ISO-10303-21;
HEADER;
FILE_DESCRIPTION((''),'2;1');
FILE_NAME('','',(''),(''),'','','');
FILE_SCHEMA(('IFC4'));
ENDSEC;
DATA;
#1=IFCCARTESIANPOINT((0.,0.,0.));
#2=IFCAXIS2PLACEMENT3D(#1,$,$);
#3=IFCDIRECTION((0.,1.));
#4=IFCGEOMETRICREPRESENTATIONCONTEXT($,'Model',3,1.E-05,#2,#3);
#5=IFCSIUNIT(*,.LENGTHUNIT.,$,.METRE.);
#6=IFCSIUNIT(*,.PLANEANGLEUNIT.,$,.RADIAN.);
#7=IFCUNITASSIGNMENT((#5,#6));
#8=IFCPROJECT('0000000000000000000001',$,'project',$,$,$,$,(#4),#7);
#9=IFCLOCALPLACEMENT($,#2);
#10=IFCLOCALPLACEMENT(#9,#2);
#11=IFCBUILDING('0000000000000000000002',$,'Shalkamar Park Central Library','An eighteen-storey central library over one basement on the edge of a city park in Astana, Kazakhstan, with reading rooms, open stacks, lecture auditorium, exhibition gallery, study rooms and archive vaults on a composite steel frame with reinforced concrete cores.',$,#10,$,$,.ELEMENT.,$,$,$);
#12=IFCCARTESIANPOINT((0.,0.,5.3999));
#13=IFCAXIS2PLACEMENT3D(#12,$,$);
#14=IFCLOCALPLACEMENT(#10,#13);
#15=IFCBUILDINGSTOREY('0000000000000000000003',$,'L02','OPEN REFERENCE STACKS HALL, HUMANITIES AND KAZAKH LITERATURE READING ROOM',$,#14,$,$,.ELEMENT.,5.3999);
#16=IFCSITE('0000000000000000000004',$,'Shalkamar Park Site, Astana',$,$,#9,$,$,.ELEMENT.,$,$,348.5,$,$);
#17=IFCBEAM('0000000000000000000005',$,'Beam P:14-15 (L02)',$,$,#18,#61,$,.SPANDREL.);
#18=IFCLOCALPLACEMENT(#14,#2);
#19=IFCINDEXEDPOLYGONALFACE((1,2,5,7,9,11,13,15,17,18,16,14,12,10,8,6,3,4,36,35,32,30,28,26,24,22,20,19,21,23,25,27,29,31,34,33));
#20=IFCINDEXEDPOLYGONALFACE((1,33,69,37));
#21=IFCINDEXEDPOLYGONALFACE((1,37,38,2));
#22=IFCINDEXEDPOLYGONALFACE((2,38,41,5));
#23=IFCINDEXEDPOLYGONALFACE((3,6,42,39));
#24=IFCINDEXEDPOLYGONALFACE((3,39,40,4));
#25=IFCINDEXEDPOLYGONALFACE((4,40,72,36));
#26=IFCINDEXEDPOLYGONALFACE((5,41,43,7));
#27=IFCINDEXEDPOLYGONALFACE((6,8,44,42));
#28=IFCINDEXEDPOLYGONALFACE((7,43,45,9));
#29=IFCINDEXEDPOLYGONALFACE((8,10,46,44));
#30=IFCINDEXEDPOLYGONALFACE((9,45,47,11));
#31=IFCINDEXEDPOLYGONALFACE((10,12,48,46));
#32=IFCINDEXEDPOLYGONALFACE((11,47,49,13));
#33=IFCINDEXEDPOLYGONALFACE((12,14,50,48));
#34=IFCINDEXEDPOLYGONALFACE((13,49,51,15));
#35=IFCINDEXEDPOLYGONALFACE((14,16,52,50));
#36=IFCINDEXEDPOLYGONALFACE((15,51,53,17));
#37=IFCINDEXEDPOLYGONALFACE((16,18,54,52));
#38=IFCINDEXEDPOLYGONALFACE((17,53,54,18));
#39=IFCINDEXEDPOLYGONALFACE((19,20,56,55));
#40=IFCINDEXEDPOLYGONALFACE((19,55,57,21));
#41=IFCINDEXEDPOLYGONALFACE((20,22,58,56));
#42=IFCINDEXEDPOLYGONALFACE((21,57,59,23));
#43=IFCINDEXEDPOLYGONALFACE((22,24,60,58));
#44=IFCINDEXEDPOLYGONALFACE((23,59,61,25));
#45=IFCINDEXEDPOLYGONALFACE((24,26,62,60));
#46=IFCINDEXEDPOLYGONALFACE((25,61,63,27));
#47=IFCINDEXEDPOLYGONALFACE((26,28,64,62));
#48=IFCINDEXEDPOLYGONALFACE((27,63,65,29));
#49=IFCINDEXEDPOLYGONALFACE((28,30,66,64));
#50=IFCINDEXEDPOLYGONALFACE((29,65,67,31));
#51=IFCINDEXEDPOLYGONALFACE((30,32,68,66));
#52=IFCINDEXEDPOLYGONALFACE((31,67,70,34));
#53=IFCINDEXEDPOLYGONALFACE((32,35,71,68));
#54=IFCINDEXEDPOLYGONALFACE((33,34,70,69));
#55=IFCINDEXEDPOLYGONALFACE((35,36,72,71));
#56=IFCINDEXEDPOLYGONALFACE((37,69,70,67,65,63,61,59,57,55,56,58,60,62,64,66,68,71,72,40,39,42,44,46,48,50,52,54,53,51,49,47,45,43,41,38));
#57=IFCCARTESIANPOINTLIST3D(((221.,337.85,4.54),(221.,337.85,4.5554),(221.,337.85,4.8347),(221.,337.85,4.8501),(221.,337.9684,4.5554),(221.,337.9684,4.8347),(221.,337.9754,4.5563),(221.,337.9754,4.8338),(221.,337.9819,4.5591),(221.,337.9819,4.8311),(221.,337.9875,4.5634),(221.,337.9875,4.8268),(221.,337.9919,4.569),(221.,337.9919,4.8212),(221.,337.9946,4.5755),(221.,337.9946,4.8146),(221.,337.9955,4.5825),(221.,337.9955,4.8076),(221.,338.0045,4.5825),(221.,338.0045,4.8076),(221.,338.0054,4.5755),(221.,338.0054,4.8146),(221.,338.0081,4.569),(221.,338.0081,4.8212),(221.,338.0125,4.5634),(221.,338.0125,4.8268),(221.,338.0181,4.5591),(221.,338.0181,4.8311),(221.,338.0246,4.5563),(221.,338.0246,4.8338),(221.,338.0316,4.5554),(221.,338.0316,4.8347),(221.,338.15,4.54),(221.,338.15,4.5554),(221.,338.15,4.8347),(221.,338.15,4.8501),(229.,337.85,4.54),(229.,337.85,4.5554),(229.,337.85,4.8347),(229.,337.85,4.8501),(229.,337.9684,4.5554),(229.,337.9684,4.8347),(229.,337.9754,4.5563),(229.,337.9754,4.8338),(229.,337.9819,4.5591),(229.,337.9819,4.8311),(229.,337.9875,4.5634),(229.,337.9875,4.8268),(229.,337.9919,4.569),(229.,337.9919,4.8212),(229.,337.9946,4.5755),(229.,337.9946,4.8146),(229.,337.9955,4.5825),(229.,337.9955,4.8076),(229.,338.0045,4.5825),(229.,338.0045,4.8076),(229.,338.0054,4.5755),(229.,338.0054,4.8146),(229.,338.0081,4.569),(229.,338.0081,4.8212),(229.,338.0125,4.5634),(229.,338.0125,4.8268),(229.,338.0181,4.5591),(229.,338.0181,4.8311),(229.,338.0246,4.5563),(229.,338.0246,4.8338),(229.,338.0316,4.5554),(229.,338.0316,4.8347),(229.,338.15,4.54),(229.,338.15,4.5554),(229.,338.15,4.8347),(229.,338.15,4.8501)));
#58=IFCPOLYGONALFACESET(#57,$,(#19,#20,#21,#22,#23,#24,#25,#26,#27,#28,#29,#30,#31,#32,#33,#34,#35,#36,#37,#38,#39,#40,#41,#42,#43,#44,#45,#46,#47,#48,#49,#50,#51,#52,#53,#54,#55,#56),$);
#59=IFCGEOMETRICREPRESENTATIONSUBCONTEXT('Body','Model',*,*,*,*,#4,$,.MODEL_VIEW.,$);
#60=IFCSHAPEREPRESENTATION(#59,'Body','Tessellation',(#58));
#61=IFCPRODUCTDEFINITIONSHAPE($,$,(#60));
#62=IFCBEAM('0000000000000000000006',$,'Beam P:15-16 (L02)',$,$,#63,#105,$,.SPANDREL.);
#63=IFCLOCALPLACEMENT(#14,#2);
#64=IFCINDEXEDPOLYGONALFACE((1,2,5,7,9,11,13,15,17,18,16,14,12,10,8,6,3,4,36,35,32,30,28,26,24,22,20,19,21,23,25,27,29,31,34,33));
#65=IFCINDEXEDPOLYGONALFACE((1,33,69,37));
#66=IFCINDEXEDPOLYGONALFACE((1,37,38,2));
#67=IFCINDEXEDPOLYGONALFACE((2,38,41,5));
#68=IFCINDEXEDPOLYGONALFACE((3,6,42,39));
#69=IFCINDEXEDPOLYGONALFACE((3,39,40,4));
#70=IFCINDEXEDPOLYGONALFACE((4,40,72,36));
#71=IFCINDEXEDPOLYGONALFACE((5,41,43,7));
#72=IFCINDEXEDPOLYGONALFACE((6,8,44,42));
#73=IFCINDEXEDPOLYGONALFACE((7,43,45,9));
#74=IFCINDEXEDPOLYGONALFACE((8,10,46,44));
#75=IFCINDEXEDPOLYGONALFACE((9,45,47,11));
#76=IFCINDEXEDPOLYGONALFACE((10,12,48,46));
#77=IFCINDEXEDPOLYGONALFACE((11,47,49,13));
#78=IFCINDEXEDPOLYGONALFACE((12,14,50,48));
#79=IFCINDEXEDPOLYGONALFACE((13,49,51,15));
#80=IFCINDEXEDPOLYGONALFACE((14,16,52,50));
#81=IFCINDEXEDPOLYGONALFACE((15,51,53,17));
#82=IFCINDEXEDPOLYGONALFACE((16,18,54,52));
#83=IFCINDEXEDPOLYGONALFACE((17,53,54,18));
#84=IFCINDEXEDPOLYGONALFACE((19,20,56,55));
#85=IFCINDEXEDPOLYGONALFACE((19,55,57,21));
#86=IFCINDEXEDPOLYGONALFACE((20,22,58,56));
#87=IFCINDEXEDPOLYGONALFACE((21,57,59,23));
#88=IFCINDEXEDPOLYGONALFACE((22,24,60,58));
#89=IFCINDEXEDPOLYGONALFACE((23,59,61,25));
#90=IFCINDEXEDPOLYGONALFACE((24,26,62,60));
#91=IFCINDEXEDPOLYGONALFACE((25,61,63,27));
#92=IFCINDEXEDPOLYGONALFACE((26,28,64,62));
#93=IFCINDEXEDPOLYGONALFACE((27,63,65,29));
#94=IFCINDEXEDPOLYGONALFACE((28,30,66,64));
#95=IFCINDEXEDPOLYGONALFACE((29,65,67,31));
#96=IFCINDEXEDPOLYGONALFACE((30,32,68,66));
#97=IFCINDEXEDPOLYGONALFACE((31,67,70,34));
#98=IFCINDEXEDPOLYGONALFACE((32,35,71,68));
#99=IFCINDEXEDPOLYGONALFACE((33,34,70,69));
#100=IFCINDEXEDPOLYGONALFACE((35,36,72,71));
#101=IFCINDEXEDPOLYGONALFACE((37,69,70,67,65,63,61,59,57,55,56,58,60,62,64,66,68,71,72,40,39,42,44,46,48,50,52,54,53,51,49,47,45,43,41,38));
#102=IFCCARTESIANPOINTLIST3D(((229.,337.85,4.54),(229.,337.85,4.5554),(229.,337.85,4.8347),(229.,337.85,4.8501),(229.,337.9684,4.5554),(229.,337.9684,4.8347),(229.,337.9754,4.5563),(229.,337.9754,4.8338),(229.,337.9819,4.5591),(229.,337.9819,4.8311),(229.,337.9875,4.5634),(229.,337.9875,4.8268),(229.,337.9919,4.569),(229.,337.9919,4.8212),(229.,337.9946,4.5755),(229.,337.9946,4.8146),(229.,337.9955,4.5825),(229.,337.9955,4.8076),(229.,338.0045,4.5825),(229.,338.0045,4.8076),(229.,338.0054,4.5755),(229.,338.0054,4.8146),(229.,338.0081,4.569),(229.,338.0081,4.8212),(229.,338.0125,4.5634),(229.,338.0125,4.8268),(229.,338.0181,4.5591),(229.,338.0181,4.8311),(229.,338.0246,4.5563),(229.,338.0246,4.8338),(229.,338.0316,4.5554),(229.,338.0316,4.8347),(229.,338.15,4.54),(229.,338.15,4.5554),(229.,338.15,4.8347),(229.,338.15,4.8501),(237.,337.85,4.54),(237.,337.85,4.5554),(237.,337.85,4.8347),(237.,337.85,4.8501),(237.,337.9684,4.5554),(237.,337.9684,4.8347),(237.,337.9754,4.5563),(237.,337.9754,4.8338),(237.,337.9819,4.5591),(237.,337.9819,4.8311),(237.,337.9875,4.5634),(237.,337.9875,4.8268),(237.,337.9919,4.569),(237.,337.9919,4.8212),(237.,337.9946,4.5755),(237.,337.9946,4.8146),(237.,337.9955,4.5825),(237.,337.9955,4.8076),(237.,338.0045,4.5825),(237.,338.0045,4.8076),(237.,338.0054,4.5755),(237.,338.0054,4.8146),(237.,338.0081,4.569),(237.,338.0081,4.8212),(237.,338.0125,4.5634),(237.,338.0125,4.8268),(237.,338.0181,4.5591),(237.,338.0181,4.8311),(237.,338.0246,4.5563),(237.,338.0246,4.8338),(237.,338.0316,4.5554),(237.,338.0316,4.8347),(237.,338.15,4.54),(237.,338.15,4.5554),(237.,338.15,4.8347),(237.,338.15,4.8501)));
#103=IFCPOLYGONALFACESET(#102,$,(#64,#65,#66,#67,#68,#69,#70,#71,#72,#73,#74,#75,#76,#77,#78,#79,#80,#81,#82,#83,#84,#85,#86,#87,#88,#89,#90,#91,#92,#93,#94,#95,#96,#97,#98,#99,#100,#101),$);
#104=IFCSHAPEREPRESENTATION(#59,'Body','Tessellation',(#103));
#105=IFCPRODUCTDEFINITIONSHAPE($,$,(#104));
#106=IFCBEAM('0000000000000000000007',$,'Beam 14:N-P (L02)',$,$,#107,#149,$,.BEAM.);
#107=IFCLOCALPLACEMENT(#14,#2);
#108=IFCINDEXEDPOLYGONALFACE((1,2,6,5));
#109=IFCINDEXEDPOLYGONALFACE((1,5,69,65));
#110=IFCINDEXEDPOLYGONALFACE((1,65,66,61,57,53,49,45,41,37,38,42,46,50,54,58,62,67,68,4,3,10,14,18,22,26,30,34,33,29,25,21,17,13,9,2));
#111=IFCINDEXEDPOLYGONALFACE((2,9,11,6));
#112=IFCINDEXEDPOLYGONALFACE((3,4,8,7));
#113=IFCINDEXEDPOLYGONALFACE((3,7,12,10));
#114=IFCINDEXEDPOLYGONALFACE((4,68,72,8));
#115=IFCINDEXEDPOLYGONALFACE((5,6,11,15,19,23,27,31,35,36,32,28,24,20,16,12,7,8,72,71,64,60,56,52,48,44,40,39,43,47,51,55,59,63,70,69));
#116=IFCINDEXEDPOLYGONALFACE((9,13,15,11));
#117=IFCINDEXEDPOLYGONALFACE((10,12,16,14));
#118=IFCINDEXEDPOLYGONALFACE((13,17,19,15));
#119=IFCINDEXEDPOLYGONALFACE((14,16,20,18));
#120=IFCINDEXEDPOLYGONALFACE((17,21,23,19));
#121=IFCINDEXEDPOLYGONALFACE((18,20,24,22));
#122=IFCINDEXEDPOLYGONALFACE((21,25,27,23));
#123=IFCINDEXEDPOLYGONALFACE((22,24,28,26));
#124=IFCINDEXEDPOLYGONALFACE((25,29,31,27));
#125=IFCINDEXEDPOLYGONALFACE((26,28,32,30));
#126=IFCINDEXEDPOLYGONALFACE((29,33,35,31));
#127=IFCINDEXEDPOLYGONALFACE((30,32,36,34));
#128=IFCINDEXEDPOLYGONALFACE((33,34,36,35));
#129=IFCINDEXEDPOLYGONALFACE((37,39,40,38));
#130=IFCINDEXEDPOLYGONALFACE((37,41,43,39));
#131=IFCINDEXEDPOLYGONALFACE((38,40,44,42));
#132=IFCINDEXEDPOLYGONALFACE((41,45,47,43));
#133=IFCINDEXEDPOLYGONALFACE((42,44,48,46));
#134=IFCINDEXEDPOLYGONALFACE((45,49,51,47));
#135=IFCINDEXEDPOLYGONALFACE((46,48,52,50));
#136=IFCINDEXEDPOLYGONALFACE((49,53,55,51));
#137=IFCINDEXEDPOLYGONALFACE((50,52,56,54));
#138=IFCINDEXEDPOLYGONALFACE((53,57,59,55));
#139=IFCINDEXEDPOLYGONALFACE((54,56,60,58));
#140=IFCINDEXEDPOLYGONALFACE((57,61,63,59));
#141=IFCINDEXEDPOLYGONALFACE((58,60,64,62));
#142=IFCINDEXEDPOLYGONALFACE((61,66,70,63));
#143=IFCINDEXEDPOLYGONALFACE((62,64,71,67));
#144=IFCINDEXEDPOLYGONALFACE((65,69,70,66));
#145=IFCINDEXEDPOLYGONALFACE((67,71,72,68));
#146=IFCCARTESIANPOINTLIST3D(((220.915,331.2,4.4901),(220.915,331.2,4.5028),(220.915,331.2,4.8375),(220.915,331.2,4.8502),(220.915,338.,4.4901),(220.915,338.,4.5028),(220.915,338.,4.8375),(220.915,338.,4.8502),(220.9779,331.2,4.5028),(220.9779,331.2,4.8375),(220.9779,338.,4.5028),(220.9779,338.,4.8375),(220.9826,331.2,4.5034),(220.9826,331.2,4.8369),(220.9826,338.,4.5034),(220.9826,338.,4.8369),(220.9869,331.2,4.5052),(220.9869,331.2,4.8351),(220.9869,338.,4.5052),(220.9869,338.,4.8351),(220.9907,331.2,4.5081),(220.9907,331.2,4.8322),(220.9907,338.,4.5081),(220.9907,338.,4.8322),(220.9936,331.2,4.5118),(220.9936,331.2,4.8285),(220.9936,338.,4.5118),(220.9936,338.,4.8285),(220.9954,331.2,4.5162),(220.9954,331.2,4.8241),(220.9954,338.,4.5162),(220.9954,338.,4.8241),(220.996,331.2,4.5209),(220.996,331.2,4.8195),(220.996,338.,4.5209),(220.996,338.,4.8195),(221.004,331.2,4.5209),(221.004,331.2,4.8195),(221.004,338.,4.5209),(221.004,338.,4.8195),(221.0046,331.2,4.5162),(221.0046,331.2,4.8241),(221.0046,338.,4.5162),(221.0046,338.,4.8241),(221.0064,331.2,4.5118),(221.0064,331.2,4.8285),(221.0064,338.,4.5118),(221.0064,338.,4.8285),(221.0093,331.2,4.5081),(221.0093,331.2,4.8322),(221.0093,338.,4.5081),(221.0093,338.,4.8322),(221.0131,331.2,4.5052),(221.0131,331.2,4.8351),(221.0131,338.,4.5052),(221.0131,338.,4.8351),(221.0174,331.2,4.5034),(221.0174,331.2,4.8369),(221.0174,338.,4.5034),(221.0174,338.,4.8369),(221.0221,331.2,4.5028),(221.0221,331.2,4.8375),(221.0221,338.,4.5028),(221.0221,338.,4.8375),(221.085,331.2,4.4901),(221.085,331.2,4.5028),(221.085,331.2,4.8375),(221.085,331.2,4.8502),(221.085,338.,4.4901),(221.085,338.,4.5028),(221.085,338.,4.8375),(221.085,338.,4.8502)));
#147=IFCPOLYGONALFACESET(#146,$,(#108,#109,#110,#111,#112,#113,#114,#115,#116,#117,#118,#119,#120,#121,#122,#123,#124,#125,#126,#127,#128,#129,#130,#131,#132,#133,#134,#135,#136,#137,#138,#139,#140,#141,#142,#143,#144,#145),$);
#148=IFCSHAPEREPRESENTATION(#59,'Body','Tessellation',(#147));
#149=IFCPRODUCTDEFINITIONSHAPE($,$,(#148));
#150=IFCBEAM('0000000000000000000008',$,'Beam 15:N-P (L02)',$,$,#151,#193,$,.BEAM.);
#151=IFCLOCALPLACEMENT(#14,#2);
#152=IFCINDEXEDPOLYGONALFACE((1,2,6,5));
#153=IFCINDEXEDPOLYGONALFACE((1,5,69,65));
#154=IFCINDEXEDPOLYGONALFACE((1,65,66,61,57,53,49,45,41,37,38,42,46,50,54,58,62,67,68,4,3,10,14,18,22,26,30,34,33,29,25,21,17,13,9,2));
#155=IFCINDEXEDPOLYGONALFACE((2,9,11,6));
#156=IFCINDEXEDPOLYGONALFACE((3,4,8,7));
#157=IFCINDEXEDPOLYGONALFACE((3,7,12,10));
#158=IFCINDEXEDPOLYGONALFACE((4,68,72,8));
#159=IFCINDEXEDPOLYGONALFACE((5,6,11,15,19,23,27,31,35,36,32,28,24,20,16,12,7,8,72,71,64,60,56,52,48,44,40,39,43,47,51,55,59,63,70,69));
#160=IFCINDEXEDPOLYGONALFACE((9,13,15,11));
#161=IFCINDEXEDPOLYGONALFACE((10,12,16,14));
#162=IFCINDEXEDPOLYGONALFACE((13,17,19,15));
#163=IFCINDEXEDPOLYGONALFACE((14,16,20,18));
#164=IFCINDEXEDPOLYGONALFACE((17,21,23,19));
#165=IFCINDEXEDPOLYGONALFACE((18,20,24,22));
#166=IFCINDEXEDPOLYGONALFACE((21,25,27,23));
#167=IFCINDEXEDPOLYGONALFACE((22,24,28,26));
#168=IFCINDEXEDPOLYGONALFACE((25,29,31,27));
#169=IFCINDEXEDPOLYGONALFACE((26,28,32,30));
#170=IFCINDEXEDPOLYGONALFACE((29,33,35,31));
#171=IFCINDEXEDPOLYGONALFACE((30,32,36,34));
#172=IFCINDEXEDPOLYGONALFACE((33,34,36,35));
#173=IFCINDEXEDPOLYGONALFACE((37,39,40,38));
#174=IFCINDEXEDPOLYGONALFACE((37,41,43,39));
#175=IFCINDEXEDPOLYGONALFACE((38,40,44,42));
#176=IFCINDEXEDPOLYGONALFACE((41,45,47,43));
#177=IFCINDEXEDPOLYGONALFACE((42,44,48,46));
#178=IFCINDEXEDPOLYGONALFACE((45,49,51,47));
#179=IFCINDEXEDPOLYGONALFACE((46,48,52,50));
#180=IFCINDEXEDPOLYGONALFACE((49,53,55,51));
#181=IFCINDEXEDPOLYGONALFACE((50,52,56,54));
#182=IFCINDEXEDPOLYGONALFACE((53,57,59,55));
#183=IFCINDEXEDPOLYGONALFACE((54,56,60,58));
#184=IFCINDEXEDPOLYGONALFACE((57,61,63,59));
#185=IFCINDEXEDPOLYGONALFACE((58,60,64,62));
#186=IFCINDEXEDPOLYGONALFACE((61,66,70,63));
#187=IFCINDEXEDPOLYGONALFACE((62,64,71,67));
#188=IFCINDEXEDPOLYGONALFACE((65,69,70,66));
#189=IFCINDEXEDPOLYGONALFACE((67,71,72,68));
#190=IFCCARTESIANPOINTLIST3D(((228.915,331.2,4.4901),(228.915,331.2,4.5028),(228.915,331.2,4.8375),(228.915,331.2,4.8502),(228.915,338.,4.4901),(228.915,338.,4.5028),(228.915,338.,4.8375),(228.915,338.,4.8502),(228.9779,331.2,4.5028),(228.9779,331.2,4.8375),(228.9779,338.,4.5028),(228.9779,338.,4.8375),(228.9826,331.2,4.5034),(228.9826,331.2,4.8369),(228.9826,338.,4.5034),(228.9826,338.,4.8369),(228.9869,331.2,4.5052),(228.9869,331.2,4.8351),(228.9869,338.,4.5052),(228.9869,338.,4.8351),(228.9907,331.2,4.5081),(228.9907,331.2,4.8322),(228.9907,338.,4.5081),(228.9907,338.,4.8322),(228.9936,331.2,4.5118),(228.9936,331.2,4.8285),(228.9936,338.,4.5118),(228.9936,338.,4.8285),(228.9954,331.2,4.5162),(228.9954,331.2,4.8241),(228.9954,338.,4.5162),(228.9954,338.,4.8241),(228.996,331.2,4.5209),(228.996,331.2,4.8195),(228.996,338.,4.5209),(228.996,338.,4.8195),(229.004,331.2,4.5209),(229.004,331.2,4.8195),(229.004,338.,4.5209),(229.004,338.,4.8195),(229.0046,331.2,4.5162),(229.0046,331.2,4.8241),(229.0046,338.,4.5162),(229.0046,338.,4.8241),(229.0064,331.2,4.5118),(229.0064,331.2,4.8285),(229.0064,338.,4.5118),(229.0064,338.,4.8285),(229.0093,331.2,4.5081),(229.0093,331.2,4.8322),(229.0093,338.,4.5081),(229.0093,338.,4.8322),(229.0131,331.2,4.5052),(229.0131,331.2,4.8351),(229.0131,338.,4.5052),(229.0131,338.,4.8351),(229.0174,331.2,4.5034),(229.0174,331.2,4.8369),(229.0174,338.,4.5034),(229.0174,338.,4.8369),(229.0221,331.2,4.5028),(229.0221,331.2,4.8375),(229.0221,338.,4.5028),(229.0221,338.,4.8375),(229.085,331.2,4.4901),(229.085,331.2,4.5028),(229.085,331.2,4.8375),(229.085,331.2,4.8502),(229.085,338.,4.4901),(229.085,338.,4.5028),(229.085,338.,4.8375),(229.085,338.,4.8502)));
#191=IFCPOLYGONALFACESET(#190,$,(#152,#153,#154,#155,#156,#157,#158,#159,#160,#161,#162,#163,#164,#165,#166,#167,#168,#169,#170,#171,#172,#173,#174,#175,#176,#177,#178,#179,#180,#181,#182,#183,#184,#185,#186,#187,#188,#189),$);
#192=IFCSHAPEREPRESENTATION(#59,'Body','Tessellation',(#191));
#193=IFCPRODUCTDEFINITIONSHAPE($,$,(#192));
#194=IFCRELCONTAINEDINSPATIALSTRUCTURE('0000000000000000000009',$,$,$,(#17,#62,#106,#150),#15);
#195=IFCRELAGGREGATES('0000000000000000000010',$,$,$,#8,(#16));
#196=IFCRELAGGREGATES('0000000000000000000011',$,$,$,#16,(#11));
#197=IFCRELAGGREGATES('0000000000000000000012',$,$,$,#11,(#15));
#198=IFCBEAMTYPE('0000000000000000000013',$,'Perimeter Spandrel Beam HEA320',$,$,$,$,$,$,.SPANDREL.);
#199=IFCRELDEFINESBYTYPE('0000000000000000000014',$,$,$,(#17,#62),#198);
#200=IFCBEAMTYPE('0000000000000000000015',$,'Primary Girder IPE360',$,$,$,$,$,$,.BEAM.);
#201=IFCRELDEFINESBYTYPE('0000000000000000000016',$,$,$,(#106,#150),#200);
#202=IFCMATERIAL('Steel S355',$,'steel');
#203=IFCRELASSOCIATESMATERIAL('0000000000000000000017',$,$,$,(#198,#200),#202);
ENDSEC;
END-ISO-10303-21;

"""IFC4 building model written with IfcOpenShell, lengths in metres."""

from ifc_helpers import new_model, si_unit, direction, frame, origin, origin_2d, place, context, subcontext, project, spatial, i_section, extrude, material, material_profile, profile_set, type_object, element, save


model = new_model("IFC4")

# Units and contexts
model_context = context("Model", 3, precision=1e-05, world=origin(), true_north=direction((0.0, 1.0)))
body_context = subcontext(model_context, "Body", "Model", "MODEL_VIEW")
ifc_project = project(units=[si_unit("LENGTHUNIT", "METRE"), si_unit("PLANEANGLEUNIT", "RADIAN")], contexts=[model_context])

# Site, building, storey
site_placement = place(None, origin())
site = spatial("IfcSite", under=ifc_project, at=site_placement, Name="Shalkamar Park Site, Astana", CompositionType="ELEMENT", RefElevation=348.5)
building_placement = place(site_placement, origin())
building = spatial("IfcBuilding", under=site, at=building_placement, Name="Shalkamar Park Central Library", Description="An eighteen-storey central library over one basement on the edge of a city park in Astana, Kazakhstan, with reading rooms, open stacks, lecture auditorium, exhibition gallery, study rooms and archive vaults on a composite steel frame with reinforced concrete cores.", CompositionType="ELEMENT")
storey_placement = place(building_placement, frame((0.0, 0.0, 5.3999)))
storey = spatial("IfcBuildingStorey", under=building, at=storey_placement, Name="L02", Description="OPEN REFERENCE STACKS HALL, HUMANITIES AND KAZAKH LITERATURE READING ROOM", CompositionType="ELEMENT", Elevation=5.3999)

# Shared definitions
ifc_material_1 = material(Name="Steel S355", Category="steel")

# Beams
ifc_material_profile_1 = material_profile(ifc_material_1, i_section(OverallWidth=0.3, OverallDepth=0.3101, WebThickness=0.009, FlangeThickness=0.0154, FilletRadius=0.0271, at=origin_2d()), Name="HEA 320")
ifc_profile_set_1 = profile_set([ifc_material_profile_1], Name="Steel S355")
beam_type_1 = type_object("IfcBeamType", Name="Perimeter Spandrel Beam HEA320", PredefinedType="SPANDREL", material=ifc_profile_set_1)
for number, where, z_axis, x_axis, name in (
    (1, (221.0, 338.0, 4.6951), (1.0, 0.0, 0.0), (0.0, 1.0, 0.0), "Beam P:14-15 (L02)"),
    (2, (229.0, 338.0, 4.6951), (1.0, 0.0, 0.0), (0.0, 1.0, 0.0), "Beam P:15-16 (L02)"),
):
    element("IfcBeam", number, at=place(storey_placement, frame(where, z_axis=z_axis, x_axis=x_axis)), inside=storey, type_object=beam_type_1, Name=name, PredefinedType="SPANDREL", context=body_context, shape_type="SweptSolid", body=[
        extrude(i_section(OverallWidth=0.3, OverallDepth=0.3101, WebThickness=0.009, FlangeThickness=0.0154, FilletRadius=0.0271, at=origin_2d()), origin(), (0.0, 0.0, 1.0), 8.0),
    ])
ifc_material_profile_2 = material_profile(ifc_material_1, i_section(OverallWidth=0.1699, OverallDepth=0.3601, WebThickness=0.0081, FlangeThickness=0.0127, FilletRadius=0.0181, at=origin_2d()), Name="IPE 360")
ifc_profile_set_2 = profile_set([ifc_material_profile_2], Name="Steel S355")
beam_type_2 = type_object("IfcBeamType", Name="Primary Girder IPE360", PredefinedType="BEAM", material=ifc_profile_set_2)
for number, where, z_axis, x_axis, name in (
    (3, (221.0, 331.2, 4.6702), (0.0, 1.0, 0.0), (-1.0, 0.0, 0.0), "Beam 14:N-P (L02)"),
    (4, (229.0, 331.2, 4.6702), (0.0, 1.0, 0.0), (-1.0, 0.0, 0.0), "Beam 15:N-P (L02)"),
):
    element("IfcBeam", number, at=place(storey_placement, frame(where, z_axis=z_axis, x_axis=x_axis)), inside=storey, type_object=beam_type_2, Name=name, PredefinedType="BEAM", context=body_context, shape_type="SweptSolid", body=[
        extrude(i_section(OverallWidth=0.1699, OverallDepth=0.3601, WebThickness=0.0081, FlangeThickness=0.0127, FilletRadius=0.0181, at=origin_2d()), origin(), (0.0, 0.0, 1.0), 6.8),
    ])

save(model, "model.ifc")
